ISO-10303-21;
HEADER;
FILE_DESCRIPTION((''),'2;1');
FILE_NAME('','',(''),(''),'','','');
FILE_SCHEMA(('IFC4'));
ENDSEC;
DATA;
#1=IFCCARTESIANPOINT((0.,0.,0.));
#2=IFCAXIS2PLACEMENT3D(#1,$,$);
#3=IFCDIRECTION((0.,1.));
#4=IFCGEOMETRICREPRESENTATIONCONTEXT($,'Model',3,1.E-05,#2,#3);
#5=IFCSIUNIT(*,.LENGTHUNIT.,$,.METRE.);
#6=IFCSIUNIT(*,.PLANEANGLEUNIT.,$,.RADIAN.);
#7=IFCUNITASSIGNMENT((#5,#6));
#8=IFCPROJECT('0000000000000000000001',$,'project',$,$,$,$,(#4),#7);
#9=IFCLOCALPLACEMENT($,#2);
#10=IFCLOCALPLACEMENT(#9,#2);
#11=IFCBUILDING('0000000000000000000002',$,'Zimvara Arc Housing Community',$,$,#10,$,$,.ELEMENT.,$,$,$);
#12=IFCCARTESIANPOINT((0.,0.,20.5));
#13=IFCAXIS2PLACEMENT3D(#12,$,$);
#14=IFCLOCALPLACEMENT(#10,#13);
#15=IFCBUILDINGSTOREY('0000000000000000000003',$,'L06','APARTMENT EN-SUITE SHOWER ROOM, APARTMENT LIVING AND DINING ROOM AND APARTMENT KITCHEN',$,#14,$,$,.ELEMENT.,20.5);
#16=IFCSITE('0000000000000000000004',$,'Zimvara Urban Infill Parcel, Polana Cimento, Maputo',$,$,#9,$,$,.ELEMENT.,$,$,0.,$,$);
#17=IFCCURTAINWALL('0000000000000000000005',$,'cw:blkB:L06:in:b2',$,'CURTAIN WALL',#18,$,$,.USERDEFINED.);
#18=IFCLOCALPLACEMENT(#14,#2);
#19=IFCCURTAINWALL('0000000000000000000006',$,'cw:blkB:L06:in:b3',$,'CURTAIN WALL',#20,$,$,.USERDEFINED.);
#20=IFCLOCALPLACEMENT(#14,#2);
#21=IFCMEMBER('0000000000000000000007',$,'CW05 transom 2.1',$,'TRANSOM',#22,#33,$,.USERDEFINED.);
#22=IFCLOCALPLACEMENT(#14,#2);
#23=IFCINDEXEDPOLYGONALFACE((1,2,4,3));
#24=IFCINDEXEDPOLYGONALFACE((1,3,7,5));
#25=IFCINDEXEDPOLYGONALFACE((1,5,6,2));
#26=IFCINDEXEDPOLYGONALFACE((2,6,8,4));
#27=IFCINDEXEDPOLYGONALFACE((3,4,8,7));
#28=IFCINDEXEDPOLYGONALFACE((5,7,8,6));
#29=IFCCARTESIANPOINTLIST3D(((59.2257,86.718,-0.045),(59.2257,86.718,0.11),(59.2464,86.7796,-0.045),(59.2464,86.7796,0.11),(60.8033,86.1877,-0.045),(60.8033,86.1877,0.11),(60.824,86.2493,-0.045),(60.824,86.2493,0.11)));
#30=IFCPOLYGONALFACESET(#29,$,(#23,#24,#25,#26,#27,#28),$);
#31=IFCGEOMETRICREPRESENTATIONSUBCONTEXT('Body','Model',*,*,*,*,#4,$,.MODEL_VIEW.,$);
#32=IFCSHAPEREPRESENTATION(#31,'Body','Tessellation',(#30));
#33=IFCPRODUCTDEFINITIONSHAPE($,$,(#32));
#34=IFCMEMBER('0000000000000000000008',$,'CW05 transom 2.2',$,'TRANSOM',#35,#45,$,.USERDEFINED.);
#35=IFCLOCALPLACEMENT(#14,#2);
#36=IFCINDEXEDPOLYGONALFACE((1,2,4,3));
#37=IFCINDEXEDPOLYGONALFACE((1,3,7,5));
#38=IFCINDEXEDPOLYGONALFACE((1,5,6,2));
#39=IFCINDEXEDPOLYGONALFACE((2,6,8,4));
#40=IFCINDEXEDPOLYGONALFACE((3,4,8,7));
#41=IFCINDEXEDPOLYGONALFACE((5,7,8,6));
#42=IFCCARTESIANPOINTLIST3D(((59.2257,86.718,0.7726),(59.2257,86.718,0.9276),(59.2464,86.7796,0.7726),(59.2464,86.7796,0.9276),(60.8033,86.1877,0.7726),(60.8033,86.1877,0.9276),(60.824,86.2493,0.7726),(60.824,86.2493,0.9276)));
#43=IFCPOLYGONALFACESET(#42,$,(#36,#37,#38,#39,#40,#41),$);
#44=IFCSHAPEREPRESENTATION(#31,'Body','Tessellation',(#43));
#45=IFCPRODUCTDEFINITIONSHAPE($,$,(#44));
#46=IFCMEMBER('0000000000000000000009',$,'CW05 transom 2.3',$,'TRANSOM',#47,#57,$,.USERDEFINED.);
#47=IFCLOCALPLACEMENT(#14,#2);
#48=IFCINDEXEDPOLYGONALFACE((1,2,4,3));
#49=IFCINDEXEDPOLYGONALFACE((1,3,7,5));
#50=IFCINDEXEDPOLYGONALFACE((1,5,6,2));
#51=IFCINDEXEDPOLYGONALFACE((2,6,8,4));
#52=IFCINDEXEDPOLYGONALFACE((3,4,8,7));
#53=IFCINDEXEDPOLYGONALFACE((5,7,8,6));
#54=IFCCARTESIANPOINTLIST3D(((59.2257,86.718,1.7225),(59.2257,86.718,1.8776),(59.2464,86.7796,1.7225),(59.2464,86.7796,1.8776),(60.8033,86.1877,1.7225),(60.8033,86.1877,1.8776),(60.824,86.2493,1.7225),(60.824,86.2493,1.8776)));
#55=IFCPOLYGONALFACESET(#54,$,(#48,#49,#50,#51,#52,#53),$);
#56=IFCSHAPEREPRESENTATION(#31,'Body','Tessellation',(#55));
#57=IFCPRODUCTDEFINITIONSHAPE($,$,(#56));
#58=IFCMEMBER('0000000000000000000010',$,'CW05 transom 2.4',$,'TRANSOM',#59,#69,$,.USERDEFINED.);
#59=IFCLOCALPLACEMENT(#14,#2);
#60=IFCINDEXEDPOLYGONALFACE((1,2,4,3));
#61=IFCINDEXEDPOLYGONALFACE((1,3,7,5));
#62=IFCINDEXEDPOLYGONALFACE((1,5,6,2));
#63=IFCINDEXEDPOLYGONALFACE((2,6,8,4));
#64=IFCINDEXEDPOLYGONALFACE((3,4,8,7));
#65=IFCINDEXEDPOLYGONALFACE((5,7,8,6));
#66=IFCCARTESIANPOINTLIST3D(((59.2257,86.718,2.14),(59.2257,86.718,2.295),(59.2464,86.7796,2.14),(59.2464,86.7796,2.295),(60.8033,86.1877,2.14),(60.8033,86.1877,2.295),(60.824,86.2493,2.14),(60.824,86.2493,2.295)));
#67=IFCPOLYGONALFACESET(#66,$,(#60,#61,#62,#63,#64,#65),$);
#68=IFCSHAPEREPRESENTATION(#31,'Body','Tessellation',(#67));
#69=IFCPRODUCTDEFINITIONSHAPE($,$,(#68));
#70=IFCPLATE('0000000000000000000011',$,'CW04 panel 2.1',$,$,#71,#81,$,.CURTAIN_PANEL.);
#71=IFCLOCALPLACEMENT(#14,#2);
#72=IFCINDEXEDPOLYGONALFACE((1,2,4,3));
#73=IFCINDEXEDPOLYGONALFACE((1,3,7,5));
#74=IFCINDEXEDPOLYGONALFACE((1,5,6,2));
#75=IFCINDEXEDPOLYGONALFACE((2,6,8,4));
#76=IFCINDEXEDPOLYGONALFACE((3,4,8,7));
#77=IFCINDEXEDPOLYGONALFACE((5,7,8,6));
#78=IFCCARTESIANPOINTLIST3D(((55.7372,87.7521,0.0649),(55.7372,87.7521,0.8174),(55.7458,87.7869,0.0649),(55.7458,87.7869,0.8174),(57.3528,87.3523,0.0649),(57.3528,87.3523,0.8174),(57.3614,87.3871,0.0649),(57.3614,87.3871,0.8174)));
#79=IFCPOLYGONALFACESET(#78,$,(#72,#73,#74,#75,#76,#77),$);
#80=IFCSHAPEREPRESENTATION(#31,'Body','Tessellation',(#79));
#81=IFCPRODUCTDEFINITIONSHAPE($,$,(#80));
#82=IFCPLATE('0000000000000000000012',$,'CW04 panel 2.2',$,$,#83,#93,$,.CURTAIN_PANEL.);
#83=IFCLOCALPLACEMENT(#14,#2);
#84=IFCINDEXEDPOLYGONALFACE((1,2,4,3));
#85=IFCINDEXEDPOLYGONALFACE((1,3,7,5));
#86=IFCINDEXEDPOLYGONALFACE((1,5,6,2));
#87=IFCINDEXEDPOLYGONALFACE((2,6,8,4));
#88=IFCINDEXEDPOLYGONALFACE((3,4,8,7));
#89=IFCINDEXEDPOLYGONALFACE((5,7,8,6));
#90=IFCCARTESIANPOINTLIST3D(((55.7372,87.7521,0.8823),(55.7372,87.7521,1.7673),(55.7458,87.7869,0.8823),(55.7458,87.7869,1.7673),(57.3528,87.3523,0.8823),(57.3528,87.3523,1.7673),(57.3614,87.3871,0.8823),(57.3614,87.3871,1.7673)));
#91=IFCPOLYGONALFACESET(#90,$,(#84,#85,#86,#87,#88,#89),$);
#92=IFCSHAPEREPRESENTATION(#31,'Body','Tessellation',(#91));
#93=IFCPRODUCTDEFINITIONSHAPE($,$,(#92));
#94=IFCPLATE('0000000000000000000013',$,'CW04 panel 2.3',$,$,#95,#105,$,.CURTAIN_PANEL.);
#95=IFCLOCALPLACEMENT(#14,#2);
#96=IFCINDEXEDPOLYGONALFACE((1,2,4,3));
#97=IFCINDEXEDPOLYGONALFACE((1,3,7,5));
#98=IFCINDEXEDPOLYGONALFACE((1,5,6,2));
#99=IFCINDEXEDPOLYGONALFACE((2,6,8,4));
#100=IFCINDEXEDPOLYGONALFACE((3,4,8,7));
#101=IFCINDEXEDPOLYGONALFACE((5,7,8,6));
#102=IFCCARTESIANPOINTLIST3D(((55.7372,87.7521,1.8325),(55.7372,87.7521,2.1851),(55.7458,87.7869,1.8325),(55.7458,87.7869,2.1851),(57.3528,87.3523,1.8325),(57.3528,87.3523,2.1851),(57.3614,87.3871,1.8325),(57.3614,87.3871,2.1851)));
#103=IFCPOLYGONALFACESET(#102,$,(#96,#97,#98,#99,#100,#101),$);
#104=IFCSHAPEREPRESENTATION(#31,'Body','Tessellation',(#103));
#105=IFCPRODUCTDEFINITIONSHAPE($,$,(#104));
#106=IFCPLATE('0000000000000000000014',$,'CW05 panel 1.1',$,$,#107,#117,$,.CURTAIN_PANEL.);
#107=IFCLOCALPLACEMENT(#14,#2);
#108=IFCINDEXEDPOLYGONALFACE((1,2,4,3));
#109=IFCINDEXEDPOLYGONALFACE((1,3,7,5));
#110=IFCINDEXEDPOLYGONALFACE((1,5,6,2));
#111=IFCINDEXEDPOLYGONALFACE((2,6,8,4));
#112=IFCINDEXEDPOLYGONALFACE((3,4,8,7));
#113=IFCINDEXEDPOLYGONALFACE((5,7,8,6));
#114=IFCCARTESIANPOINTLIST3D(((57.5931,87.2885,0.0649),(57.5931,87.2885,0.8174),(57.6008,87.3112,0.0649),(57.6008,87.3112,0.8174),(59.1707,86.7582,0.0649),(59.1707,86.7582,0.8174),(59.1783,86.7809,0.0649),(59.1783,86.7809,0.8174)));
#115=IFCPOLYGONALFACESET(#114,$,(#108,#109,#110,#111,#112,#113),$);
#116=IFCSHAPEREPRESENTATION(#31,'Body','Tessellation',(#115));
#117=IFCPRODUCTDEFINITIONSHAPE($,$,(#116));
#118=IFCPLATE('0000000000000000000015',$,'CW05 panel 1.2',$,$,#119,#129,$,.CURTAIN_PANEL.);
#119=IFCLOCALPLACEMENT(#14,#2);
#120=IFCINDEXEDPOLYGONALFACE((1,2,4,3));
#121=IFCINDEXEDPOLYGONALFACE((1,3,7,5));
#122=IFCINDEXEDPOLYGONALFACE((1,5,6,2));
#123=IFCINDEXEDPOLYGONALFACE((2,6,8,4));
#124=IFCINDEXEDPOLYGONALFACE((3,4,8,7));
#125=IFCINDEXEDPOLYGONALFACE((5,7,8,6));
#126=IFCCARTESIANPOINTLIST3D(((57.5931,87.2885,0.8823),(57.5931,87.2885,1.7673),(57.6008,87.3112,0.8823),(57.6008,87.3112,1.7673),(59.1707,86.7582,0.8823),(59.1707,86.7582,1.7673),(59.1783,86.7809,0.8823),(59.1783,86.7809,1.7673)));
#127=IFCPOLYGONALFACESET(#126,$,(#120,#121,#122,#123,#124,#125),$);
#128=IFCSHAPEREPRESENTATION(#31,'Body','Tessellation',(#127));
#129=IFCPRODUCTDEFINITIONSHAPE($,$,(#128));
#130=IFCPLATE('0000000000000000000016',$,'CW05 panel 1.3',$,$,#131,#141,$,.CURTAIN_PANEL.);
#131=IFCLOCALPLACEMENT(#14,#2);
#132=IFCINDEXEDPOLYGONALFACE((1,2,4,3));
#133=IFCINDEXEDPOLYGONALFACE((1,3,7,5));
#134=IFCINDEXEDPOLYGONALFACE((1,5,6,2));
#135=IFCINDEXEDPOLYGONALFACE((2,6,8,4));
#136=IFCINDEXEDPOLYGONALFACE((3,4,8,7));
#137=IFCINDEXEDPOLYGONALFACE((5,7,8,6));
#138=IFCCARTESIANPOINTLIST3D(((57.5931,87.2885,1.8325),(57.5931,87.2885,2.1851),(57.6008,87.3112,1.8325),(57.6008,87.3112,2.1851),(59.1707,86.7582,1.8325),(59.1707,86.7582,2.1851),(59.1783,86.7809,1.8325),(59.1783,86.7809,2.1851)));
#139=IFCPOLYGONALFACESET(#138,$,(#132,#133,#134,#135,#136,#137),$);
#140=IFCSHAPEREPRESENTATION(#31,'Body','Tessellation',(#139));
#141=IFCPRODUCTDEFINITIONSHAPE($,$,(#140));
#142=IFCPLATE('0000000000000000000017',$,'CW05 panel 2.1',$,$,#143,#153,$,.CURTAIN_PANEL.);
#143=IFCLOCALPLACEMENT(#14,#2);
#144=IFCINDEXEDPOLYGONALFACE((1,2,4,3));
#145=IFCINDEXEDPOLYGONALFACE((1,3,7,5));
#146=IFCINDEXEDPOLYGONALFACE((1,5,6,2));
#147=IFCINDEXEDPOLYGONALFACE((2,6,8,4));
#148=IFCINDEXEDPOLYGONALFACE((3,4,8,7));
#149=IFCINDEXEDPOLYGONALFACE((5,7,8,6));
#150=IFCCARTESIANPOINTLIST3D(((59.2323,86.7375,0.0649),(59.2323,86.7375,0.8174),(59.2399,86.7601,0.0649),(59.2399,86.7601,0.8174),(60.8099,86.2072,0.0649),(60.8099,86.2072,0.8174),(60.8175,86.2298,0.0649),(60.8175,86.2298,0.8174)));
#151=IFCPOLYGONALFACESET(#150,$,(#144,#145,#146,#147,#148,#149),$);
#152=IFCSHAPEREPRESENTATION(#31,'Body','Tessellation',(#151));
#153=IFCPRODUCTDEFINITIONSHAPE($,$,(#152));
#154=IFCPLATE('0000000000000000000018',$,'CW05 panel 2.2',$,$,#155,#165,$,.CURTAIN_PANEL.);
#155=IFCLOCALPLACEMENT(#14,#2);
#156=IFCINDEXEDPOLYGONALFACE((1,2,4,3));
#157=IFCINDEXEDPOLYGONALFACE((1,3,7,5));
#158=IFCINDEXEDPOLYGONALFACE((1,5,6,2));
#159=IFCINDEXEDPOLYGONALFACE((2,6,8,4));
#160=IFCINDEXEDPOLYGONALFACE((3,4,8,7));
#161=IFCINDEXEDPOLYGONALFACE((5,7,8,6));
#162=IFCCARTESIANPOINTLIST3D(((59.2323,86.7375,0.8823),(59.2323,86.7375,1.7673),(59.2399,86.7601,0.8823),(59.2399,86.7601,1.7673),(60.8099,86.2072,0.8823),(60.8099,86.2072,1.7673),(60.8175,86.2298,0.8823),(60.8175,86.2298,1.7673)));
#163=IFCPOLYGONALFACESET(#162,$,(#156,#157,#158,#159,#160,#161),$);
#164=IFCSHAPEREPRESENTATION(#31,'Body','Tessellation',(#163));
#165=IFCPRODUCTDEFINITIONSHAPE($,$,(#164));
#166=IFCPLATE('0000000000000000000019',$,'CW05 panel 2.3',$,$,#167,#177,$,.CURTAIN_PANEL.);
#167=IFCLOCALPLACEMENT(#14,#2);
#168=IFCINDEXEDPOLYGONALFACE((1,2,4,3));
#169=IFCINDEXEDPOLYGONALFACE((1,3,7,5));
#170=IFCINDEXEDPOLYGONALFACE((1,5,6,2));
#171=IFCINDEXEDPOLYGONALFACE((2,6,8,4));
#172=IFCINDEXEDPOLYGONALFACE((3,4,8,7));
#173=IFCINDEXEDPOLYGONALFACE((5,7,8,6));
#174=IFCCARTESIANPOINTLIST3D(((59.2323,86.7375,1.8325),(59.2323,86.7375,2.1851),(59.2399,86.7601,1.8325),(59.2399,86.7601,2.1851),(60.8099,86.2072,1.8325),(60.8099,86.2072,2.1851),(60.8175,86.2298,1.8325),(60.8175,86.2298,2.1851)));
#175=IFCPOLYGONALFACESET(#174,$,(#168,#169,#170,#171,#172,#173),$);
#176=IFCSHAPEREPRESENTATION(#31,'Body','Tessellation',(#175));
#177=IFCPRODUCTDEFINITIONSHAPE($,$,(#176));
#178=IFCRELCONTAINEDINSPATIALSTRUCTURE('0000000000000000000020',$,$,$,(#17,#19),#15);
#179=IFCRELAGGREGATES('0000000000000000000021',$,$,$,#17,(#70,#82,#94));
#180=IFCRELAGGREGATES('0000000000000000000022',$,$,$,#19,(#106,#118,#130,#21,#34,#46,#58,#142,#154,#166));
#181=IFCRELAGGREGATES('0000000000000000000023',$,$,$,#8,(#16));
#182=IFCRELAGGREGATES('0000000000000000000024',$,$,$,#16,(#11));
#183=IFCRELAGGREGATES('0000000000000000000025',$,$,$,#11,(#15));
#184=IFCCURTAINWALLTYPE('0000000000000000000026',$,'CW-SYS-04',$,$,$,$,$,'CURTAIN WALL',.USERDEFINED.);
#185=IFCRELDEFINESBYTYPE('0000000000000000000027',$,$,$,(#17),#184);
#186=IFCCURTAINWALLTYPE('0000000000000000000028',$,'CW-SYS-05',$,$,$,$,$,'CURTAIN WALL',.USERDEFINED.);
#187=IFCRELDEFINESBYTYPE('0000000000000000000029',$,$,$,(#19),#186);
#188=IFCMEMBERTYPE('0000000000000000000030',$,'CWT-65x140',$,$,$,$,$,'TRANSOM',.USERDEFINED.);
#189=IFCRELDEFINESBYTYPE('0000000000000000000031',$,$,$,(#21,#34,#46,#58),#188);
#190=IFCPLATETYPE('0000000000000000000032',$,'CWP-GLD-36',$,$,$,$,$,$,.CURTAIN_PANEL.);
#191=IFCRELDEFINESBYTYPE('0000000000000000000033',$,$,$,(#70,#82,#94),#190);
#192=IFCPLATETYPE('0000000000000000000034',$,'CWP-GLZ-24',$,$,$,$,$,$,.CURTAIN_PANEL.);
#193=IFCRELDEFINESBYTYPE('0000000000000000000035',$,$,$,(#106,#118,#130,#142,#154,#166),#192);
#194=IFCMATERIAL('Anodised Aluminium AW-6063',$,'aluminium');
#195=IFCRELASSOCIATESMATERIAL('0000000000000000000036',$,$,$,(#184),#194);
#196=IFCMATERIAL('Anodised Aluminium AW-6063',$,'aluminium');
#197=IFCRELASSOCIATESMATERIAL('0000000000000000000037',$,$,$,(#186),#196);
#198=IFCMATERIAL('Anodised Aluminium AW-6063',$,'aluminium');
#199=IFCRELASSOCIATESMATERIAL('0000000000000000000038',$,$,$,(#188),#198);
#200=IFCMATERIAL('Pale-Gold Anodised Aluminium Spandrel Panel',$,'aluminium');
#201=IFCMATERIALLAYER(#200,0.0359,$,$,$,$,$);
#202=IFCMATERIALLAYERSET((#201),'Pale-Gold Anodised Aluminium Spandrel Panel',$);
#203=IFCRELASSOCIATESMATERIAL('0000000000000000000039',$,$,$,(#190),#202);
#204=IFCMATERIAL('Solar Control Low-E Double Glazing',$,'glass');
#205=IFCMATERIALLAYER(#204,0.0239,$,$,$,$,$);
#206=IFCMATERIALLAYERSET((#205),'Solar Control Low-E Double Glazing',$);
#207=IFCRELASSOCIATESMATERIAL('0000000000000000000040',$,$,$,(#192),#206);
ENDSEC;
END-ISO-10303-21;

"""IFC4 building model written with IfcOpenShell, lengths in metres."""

from ifc_helpers import new_model, si_unit, direction, frame, origin, origin_2d, place, context, subcontext, project, spatial, rectangle, extrude, material, layer, layer_set, material_profile, profile_set, type_object, element, aggregate, save


model = new_model("IFC4")

# Units and contexts
model_context = context("Model", 3, precision=1e-05, world=origin(), true_north=direction((0.0, 1.0)))
body_context = subcontext(model_context, "Body", "Model", "MODEL_VIEW")
ifc_project = project(units=[si_unit("LENGTHUNIT", "METRE"), si_unit("PLANEANGLEUNIT", "RADIAN")], contexts=[model_context])

# Site, building, storey
site_placement = place(None, origin())
site = spatial("IfcSite", under=ifc_project, at=site_placement, Name="Zimvara Urban Infill Parcel, Polana Cimento, Maputo", CompositionType="ELEMENT", RefElevation=0.0)
building_placement = place(site_placement, origin())
building = spatial("IfcBuilding", under=site, at=building_placement, Name="Zimvara Arc Housing Community", CompositionType="ELEMENT")
storey_placement = place(building_placement, frame((0.0, 0.0, 20.5)))
storey = spatial("IfcBuildingStorey", under=building, at=storey_placement, Name="L06", Description="APARTMENT EN-SUITE SHOWER ROOM, APARTMENT LIVING AND DINING ROOM AND APARTMENT KITCHEN", CompositionType="ELEMENT", Elevation=20.5)

# Curtain wall
ifc_material_1 = material(Name="Anodised Aluminium AW-6063", Category="aluminium")
curtain_wall_type_1 = type_object("IfcCurtainWallType", Name="CW-SYS-04", ElementType="CURTAIN WALL", PredefinedType="USERDEFINED", material=ifc_material_1)
curtain_wall_1_placement = place(storey_placement, origin())
curtain_wall_1 = element("IfcCurtainWall", 1, at=curtain_wall_1_placement, inside=storey, type_object=curtain_wall_type_1, Name="cw:blkB:L06:in:b2", ObjectType="CURTAIN WALL", PredefinedType="USERDEFINED")

# Curtain wall
ifc_material_2 = material(Name="Anodised Aluminium AW-6063", Category="aluminium")
curtain_wall_type_2 = type_object("IfcCurtainWallType", Name="CW-SYS-05", ElementType="CURTAIN WALL", PredefinedType="USERDEFINED", material=ifc_material_2)
curtain_wall_2_placement = place(storey_placement, origin())
curtain_wall_2 = element("IfcCurtainWall", 2, at=curtain_wall_2_placement, inside=storey, type_object=curtain_wall_type_2, Name="cw:blkB:L06:in:b3", ObjectType="CURTAIN WALL", PredefinedType="USERDEFINED")

# Members
ifc_material_3 = material(Name="Anodised Aluminium AW-6063", Category="aluminium")
ifc_material_profile_1 = material_profile(ifc_material_3, rectangle(XDim=0.0649, YDim=0.155, at=origin_2d()), Name="ALU 65x155")
ifc_profile_set_1 = profile_set([ifc_material_profile_1], Name="Anodised Aluminium AW-6063")
member_type_1 = type_object("IfcMemberType", Name="CWT-65x140", ElementType="TRANSOM", PredefinedType="USERDEFINED", material=ifc_profile_set_1)
member_1_placement = place(storey_placement, frame((59.2361, 86.7488, 0.0325), z_axis=(0.947888, -0.318603, 0.0), x_axis=(0.318603, 0.947888, 0.0)))
member_1 = element("IfcMember", 3, at=member_1_placement, type_object=member_type_1, Name="CW05 transom 2.1", ObjectType="TRANSOM", PredefinedType="USERDEFINED", context=body_context, shape_type="SweptSolid", body=[
    extrude(rectangle(XDim=0.0649, YDim=0.155, at=origin_2d()), origin(), (0.0, 0.0, 1.0), 1.6643),
])
member_2_placement = place(storey_placement, frame((59.2361, 86.7488, 0.8501), z_axis=(0.947888, -0.318603, 0.0), x_axis=(0.318603, 0.947888, 0.0)))
member_2 = element("IfcMember", 4, at=member_2_placement, type_object=member_type_1, Name="CW05 transom 2.2", ObjectType="TRANSOM", PredefinedType="USERDEFINED", context=body_context, shape_type="SweptSolid", body=[
    extrude(rectangle(XDim=0.0649, YDim=0.155, at=origin_2d()), origin(), (0.0, 0.0, 1.0), 1.6643),
])
member_3_placement = place(storey_placement, frame((59.2361, 86.7488, 1.8), z_axis=(0.947888, -0.318603, 0.0), x_axis=(0.318603, 0.947888, 0.0)))
member_3 = element("IfcMember", 5, at=member_3_placement, type_object=member_type_1, Name="CW05 transom 2.3", ObjectType="TRANSOM", PredefinedType="USERDEFINED", context=body_context, shape_type="SweptSolid", body=[
    extrude(rectangle(XDim=0.0649, YDim=0.155, at=origin_2d()), origin(), (0.0, 0.0, 1.0), 1.6643),
])
member_4_placement = place(storey_placement, frame((59.2361, 86.7488, 2.2175), z_axis=(0.947888, -0.318603, 0.0), x_axis=(0.318603, 0.947888, 0.0)))
member_4 = element("IfcMember", 6, at=member_4_placement, type_object=member_type_1, Name="CW05 transom 2.4", ObjectType="TRANSOM", PredefinedType="USERDEFINED", context=body_context, shape_type="SweptSolid", body=[
    extrude(rectangle(XDim=0.0649, YDim=0.155, at=origin_2d()), origin(), (0.0, 0.0, 1.0), 1.6643),
])

# Plates
ifc_material_4 = material(Name="Pale-Gold Anodised Aluminium Spandrel Panel", Category="aluminium")
ifc_layer_1 = layer(ifc_material_4, 0.0359)
ifc_layer_set_1 = layer_set([ifc_layer_1], Name="Pale-Gold Anodised Aluminium Spandrel Panel")
plate_type_1 = type_object("IfcPlateType", Name="CWP-GLD-36", PredefinedType="CURTAIN_PANEL", material=ifc_layer_set_1)
plate_1_placement = place(storey_placement, frame((56.5493, 87.5696, 0.0649), z_axis=(0.0, 0.0, 1.0), x_axis=(0.970717, -0.240228, 0.0)))
plate_1 = element("IfcPlate", 7, at=plate_1_placement, type_object=plate_type_1, Name="CW04 panel 2.1", PredefinedType="CURTAIN_PANEL", context=body_context, shape_type="SweptSolid", body=[
    extrude(rectangle(XDim=1.6643, YDim=0.0359, at=origin_2d()), origin(), (0.0, 0.0, 1.0), 0.7524),
])
plate_2_placement = place(storey_placement, frame((56.5493, 87.5696, 0.8823), z_axis=(0.0, 0.0, 1.0), x_axis=(0.970717, -0.240228, 0.0)))
plate_2 = element("IfcPlate", 8, at=plate_2_placement, type_object=plate_type_1, Name="CW04 panel 2.2", PredefinedType="CURTAIN_PANEL", context=body_context, shape_type="SweptSolid", body=[
    extrude(rectangle(XDim=1.6643, YDim=0.0359, at=origin_2d()), origin(), (0.0, 0.0, 1.0), 0.885),
])
plate_3_placement = place(storey_placement, frame((56.5493, 87.5696, 1.8325), z_axis=(0.0, 0.0, 1.0), x_axis=(0.970717, -0.240228, 0.0)))
plate_3 = element("IfcPlate", 9, at=plate_3_placement, type_object=plate_type_1, Name="CW04 panel 2.3", PredefinedType="CURTAIN_PANEL", context=body_context, shape_type="SweptSolid", body=[
    extrude(rectangle(XDim=1.6643, YDim=0.0359, at=origin_2d()), origin(), (0.0, 0.0, 1.0), 0.3525),
])
aggregate(curtain_wall_1, [plate_1, plate_2, plate_3])
ifc_material_5 = material(Name="Solar Control Low-E Double Glazing", Category="glass")
ifc_layer_2 = layer(ifc_material_5, 0.0239)
ifc_layer_set_2 = layer_set([ifc_layer_2], Name="Solar Control Low-E Double Glazing")
plate_type_2 = type_object("IfcPlateType", Name="CWP-GLZ-24", PredefinedType="CURTAIN_PANEL", material=ifc_layer_set_2)
plate_4_placement = place(storey_placement, frame((58.3857, 87.0347, 0.0649), z_axis=(0.0, 0.0, 1.0), x_axis=(0.947879, -0.31863, 0.0)))
plate_4 = element("IfcPlate", 10, at=plate_4_placement, type_object=plate_type_2, Name="CW05 panel 1.1", PredefinedType="CURTAIN_PANEL", context=body_context, shape_type="SweptSolid", body=[
    extrude(rectangle(XDim=1.6643, YDim=0.0239, at=origin_2d()), origin(), (0.0, 0.0, 1.0), 0.7524),
])
plate_5_placement = place(storey_placement, frame((58.3857, 87.0347, 0.8823), z_axis=(0.0, 0.0, 1.0), x_axis=(0.947879, -0.31863, 0.0)))
plate_5 = element("IfcPlate", 11, at=plate_5_placement, type_object=plate_type_2, Name="CW05 panel 1.2", PredefinedType="CURTAIN_PANEL", context=body_context, shape_type="SweptSolid", body=[
    extrude(rectangle(XDim=1.6643, YDim=0.0239, at=origin_2d()), origin(), (0.0, 0.0, 1.0), 0.885),
])
plate_6_placement = place(storey_placement, frame((58.3857, 87.0347, 1.8325), z_axis=(0.0, 0.0, 1.0), x_axis=(0.947879, -0.31863, 0.0)))
plate_6 = element("IfcPlate", 12, at=plate_6_placement, type_object=plate_type_2, Name="CW05 panel 1.3", PredefinedType="CURTAIN_PANEL", context=body_context, shape_type="SweptSolid", body=[
    extrude(rectangle(XDim=1.6643, YDim=0.0239, at=origin_2d()), origin(), (0.0, 0.0, 1.0), 0.3525),
])
plate_7_placement = place(storey_placement, frame((60.0249, 86.4836, 0.0649), z_axis=(0.0, 0.0, 1.0), x_axis=(0.947879, -0.31863, 0.0)))
plate_7 = element("IfcPlate", 13, at=plate_7_placement, type_object=plate_type_2, Name="CW05 panel 2.1", PredefinedType="CURTAIN_PANEL", context=body_context, shape_type="SweptSolid", body=[
    extrude(rectangle(XDim=1.6643, YDim=0.0239, at=origin_2d()), origin(), (0.0, 0.0, 1.0), 0.7524),
])
plate_8_placement = place(storey_placement, frame((60.0249, 86.4836, 0.8823), z_axis=(0.0, 0.0, 1.0), x_axis=(0.947879, -0.31863, 0.0)))
plate_8 = element("IfcPlate", 14, at=plate_8_placement, type_object=plate_type_2, Name="CW05 panel 2.2", PredefinedType="CURTAIN_PANEL", context=body_context, shape_type="SweptSolid", body=[
    extrude(rectangle(XDim=1.6643, YDim=0.0239, at=origin_2d()), origin(), (0.0, 0.0, 1.0), 0.885),
])
plate_9_placement = place(storey_placement, frame((60.0249, 86.4836, 1.8325), z_axis=(0.0, 0.0, 1.0), x_axis=(0.947879, -0.31863, 0.0)))
plate_9 = element("IfcPlate", 15, at=plate_9_placement, type_object=plate_type_2, Name="CW05 panel 2.3", PredefinedType="CURTAIN_PANEL", context=body_context, shape_type="SweptSolid", body=[
    extrude(rectangle(XDim=1.6643, YDim=0.0239, at=origin_2d()), origin(), (0.0, 0.0, 1.0), 0.3525),
])
aggregate(curtain_wall_2, [plate_4, plate_5, plate_6, member_1, member_2, member_3, member_4, plate_7, plate_8, plate_9])

save(model, "model.ifc")
